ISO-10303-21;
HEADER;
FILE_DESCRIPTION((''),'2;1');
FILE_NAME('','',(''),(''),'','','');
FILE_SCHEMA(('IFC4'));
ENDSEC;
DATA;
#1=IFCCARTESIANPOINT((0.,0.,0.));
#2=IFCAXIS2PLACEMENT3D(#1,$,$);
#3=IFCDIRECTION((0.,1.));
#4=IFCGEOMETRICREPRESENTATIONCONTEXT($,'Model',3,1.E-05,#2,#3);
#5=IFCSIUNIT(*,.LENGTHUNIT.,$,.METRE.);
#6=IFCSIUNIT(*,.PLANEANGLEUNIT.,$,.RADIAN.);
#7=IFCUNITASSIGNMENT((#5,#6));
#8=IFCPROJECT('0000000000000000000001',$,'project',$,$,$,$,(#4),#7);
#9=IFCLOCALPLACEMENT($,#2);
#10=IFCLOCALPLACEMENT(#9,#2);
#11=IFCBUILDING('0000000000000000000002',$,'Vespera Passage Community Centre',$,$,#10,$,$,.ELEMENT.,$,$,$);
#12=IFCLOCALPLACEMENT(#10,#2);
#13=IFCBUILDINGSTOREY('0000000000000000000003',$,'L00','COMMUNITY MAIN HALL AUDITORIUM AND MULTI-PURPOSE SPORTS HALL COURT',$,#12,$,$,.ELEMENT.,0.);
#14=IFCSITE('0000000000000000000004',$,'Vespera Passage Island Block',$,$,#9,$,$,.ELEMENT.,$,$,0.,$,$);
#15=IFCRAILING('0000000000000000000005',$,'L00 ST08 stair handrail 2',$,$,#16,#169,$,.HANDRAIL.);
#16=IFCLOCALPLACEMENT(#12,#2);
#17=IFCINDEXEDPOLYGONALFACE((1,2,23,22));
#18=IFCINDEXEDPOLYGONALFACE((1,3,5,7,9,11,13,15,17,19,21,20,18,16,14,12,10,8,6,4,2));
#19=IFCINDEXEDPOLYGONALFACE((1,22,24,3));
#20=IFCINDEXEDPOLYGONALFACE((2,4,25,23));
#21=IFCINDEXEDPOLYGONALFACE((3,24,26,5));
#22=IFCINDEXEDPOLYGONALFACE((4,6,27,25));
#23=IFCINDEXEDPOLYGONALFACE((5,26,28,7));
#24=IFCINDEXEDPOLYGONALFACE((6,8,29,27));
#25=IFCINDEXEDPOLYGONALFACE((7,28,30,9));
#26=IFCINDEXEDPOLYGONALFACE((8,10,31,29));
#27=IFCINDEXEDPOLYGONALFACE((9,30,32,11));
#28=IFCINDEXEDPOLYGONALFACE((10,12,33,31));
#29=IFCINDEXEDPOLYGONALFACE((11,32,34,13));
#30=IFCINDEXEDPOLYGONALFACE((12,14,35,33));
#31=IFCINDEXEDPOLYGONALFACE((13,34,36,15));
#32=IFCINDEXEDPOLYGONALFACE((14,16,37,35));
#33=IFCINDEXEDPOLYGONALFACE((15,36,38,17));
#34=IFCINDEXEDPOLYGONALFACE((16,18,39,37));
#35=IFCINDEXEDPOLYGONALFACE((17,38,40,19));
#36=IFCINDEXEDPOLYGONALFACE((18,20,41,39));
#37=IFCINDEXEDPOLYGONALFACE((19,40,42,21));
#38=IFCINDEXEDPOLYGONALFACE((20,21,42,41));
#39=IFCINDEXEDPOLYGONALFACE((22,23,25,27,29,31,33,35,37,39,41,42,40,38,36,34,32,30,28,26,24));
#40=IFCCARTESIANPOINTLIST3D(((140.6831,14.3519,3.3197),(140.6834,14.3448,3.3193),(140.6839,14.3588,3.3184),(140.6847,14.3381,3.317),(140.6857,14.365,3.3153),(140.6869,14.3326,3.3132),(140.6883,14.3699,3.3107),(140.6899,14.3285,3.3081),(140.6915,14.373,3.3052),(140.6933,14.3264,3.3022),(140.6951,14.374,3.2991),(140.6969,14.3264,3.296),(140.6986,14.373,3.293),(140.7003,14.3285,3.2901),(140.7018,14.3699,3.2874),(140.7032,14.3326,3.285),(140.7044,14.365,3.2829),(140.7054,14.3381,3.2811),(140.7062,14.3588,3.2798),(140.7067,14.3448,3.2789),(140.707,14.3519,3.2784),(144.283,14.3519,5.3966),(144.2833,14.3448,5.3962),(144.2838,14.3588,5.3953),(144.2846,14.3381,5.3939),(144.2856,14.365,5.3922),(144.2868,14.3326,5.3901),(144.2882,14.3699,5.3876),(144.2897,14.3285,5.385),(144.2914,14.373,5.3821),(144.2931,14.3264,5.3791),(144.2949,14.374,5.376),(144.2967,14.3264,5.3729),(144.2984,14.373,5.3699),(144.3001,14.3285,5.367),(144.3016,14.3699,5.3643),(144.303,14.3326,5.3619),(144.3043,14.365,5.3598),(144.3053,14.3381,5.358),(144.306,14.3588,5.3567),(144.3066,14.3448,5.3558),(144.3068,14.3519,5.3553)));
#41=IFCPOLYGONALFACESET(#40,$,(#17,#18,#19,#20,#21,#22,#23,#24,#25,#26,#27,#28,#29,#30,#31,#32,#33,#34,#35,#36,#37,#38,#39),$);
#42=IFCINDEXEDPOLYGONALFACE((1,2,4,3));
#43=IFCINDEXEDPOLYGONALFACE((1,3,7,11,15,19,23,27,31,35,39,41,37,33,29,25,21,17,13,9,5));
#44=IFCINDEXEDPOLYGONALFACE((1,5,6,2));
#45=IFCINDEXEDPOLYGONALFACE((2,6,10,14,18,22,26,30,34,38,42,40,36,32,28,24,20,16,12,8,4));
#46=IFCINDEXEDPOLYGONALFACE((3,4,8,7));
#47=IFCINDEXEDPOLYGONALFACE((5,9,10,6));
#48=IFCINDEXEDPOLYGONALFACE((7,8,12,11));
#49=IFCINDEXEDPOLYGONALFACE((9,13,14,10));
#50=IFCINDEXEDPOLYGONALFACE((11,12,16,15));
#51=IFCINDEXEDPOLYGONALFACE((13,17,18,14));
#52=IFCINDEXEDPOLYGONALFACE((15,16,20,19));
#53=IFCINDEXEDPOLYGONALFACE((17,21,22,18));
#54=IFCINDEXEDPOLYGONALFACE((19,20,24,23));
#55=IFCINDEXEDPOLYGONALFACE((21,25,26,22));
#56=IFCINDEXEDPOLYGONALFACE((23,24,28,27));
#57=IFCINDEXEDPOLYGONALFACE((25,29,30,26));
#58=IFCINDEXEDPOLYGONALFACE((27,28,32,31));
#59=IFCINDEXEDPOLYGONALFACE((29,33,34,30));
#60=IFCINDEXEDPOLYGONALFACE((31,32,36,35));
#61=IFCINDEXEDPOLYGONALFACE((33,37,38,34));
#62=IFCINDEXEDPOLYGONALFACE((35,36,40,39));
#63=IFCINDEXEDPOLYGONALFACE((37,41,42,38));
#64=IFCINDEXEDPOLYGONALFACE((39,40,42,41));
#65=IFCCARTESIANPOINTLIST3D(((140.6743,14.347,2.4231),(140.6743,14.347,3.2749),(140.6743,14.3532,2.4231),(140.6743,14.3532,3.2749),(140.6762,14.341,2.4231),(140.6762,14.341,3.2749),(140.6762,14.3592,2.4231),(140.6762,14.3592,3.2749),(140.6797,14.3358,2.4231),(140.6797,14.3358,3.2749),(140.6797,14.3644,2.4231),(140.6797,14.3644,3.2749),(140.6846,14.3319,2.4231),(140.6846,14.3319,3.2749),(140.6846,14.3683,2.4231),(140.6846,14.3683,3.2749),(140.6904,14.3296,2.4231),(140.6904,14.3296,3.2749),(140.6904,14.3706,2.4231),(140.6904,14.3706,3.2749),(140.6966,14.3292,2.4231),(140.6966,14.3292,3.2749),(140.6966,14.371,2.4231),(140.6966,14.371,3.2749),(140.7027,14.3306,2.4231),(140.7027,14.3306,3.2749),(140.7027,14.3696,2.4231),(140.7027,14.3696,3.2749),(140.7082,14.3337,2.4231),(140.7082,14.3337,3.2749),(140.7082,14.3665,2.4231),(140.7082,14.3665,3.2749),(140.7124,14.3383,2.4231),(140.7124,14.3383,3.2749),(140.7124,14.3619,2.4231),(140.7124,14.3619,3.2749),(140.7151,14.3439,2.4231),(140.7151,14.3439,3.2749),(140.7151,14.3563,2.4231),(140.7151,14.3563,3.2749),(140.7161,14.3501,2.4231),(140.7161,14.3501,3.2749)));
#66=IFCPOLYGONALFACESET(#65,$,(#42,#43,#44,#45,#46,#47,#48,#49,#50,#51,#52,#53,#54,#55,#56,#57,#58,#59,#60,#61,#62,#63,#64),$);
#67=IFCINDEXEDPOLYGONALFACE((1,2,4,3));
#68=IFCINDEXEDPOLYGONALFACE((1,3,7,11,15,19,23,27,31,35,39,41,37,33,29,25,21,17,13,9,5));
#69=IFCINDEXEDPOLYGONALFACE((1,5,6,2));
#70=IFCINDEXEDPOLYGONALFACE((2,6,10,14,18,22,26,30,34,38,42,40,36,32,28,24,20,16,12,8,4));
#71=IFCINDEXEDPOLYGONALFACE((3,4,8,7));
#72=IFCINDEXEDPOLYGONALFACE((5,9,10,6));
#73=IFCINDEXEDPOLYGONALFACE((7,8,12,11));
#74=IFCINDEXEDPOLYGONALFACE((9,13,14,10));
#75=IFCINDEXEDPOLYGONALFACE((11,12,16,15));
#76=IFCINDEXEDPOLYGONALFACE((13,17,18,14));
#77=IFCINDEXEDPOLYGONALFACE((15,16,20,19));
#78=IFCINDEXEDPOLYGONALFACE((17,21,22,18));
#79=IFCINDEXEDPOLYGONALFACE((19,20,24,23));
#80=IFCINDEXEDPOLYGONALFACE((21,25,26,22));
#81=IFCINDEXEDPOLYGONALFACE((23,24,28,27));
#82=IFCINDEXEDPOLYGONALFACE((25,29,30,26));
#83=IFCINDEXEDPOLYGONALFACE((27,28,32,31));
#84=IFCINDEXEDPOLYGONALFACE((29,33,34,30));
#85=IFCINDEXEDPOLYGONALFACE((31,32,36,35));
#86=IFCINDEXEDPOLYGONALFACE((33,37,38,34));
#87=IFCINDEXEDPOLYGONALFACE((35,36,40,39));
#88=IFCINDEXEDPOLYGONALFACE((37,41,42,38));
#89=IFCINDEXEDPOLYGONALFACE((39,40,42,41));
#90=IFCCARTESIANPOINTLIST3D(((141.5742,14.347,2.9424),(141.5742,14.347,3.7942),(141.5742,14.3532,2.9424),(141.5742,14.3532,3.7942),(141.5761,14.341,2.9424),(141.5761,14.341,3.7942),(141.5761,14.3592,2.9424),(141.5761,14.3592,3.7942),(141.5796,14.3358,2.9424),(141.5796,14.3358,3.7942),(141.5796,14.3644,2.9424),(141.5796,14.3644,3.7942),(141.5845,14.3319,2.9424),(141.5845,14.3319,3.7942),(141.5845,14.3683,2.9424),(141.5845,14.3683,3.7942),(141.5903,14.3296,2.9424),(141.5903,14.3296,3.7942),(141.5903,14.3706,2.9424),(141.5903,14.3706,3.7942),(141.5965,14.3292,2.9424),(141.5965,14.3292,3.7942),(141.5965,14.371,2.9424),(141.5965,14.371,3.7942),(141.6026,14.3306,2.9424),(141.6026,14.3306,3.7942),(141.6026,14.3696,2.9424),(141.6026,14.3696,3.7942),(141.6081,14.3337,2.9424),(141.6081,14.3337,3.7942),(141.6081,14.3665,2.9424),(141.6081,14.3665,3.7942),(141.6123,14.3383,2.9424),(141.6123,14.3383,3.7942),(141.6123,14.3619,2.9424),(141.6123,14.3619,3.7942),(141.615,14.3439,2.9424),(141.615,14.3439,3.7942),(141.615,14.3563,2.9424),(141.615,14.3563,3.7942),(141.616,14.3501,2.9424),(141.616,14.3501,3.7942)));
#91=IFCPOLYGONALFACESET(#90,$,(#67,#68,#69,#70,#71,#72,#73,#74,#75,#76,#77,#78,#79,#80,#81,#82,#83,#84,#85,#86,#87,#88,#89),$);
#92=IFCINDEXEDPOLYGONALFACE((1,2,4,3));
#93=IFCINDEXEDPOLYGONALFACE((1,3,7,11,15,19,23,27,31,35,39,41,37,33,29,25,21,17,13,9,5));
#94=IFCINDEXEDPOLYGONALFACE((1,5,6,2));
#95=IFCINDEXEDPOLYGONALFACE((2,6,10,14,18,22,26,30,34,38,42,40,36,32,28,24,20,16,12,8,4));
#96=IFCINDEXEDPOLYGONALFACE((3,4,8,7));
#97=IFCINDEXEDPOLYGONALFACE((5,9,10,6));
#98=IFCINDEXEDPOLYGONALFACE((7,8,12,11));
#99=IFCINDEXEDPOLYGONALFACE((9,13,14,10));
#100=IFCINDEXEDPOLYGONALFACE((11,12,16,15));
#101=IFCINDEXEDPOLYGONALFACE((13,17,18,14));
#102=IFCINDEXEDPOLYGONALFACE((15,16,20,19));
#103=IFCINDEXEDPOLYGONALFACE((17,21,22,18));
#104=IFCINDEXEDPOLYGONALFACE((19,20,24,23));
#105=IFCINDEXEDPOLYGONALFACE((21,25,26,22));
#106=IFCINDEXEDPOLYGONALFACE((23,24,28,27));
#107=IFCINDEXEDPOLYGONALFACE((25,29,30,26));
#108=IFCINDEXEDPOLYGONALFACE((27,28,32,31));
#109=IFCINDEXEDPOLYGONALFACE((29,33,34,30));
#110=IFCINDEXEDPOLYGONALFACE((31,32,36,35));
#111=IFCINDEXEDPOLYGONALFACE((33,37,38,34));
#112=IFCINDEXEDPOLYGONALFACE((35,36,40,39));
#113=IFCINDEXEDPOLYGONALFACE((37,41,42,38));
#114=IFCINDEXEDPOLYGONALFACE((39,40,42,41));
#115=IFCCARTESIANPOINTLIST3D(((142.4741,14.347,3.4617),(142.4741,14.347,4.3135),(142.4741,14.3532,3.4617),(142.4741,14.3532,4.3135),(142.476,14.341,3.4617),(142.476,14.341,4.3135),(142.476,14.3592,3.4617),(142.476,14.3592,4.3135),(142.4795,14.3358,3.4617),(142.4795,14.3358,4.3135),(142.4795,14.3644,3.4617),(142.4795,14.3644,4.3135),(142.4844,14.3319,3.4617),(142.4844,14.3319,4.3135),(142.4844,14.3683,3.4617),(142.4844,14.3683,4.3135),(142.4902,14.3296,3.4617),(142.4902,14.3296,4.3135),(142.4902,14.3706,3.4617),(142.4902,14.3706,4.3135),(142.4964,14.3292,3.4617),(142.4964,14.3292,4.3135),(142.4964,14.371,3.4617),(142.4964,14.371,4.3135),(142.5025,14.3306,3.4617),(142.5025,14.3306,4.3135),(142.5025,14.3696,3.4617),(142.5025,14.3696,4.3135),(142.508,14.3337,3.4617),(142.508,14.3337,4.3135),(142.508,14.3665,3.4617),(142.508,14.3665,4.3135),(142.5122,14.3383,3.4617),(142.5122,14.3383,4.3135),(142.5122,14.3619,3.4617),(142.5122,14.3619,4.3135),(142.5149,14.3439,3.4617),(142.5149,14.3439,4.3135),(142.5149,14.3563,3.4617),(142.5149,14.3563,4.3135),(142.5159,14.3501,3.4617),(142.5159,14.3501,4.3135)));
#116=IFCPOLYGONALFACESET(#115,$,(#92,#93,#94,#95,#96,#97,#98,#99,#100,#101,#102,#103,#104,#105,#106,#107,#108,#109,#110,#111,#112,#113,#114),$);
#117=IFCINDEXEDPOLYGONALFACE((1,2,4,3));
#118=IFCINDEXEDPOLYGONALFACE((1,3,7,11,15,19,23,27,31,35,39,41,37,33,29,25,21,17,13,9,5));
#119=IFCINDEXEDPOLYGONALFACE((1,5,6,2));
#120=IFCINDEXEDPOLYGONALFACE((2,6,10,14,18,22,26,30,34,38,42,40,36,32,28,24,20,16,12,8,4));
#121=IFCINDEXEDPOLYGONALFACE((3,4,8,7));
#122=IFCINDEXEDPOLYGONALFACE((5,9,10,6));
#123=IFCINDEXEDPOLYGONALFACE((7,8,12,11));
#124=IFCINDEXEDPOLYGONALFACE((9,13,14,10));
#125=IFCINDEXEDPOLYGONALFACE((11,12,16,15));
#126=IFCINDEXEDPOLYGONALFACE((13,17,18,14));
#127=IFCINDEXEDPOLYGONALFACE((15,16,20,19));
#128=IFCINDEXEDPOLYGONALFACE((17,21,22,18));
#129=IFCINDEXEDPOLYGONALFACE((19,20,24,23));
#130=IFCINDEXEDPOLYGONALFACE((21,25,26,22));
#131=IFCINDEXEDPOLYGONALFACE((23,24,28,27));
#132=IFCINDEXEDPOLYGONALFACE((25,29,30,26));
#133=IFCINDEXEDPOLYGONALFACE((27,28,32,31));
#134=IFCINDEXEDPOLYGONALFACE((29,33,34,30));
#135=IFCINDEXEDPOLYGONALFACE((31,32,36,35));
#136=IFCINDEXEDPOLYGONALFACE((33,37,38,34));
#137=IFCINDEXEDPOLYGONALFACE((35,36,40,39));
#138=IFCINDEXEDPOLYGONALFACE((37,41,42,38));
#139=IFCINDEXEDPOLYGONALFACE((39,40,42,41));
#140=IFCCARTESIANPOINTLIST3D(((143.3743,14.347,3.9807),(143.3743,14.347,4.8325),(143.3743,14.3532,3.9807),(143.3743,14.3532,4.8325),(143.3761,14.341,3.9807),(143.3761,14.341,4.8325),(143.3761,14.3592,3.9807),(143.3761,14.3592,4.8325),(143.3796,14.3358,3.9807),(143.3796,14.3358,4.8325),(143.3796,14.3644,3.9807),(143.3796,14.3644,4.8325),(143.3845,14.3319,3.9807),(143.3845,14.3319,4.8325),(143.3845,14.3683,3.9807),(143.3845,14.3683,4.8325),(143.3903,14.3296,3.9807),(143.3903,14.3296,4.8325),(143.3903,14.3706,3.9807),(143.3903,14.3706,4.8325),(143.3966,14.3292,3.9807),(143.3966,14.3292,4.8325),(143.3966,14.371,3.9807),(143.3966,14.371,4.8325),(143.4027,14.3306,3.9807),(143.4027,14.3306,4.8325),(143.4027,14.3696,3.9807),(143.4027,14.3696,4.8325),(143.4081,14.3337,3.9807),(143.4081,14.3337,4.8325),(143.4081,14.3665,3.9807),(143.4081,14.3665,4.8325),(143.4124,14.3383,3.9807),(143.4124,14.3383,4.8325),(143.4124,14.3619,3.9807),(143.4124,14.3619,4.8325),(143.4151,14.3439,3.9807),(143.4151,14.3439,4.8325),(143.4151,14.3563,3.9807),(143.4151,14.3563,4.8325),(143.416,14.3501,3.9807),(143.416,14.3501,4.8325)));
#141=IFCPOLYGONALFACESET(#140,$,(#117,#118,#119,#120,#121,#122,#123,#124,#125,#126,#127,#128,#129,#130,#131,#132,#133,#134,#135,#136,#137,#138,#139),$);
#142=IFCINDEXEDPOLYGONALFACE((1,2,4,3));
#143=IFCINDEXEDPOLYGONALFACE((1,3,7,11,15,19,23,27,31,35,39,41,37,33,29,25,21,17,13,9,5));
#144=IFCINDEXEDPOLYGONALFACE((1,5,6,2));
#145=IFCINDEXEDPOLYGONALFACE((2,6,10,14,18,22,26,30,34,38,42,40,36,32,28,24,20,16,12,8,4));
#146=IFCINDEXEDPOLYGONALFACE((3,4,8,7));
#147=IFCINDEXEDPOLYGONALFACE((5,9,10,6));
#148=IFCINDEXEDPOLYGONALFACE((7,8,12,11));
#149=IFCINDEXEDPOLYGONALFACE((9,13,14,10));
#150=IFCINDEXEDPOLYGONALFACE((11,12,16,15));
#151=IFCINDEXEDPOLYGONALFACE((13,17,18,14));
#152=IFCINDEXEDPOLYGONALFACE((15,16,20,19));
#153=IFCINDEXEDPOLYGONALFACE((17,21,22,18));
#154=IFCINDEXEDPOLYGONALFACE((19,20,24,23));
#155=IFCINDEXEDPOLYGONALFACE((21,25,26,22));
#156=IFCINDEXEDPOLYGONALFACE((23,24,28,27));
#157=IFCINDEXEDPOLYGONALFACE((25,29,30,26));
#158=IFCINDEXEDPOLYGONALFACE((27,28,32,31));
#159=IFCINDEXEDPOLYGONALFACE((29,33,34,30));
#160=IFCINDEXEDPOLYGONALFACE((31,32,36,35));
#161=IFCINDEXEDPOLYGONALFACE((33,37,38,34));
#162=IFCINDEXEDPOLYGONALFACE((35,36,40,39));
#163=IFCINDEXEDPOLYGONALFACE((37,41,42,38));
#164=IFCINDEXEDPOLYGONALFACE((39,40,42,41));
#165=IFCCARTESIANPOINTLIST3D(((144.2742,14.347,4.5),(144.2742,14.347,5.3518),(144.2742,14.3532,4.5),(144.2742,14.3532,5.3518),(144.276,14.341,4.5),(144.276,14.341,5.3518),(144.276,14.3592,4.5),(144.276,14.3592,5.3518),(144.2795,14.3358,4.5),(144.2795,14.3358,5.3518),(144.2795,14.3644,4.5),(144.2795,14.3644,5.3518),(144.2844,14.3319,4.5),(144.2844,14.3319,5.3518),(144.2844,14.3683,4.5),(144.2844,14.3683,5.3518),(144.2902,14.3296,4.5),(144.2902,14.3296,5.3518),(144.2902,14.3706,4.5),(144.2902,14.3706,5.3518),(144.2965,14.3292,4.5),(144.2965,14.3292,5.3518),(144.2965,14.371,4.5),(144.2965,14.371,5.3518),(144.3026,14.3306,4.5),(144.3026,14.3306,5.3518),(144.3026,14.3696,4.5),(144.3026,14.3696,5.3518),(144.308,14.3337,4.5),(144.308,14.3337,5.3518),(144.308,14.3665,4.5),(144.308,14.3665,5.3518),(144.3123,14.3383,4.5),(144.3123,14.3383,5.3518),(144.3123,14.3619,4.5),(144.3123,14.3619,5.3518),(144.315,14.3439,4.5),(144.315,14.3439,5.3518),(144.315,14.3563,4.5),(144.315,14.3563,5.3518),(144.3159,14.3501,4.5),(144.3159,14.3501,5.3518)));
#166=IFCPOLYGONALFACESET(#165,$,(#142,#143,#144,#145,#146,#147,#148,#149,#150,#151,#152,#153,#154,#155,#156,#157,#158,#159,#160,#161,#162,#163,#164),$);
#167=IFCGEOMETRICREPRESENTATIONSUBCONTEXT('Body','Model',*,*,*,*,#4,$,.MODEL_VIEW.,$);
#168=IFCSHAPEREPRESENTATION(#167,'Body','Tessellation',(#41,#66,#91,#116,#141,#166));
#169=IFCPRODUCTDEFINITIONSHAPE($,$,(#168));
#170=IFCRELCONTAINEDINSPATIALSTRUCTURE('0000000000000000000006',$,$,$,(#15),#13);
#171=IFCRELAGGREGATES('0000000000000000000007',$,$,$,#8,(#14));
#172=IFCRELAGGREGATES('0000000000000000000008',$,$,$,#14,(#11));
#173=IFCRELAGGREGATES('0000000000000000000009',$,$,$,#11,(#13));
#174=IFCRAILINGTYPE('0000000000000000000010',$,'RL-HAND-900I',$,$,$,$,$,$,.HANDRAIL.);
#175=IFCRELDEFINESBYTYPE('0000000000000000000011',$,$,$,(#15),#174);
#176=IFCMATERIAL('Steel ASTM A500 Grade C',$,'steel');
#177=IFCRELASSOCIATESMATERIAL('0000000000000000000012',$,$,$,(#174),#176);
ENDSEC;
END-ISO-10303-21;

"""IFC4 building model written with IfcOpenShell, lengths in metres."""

from ifc_helpers import new_model, si_unit, direction, frame, origin, origin_2d, place, context, subcontext, project, spatial, circle, extrude, material, type_object, element, save


model = new_model("IFC4")

# Units and contexts
model_context = context("Model", 3, precision=1e-05, world=origin(), true_north=direction((0.0, 1.0)))
body_context = subcontext(model_context, "Body", "Model", "MODEL_VIEW")
ifc_project = project(units=[si_unit("LENGTHUNIT", "METRE"), si_unit("PLANEANGLEUNIT", "RADIAN")], contexts=[model_context])

# Site, building, storey
site_placement = place(None, origin())
site = spatial("IfcSite", under=ifc_project, at=site_placement, Name="Vespera Passage Island Block", CompositionType="ELEMENT", RefElevation=0.0)
building_placement = place(site_placement, origin())
building = spatial("IfcBuilding", under=site, at=building_placement, Name="Vespera Passage Community Centre", CompositionType="ELEMENT")
storey_placement = place(building_placement, origin())
storey = spatial("IfcBuildingStorey", under=building, at=storey_placement, Name="L00", Description="COMMUNITY MAIN HALL AUDITORIUM AND MULTI-PURPOSE SPORTS HALL COURT", CompositionType="ELEMENT", Elevation=0.0)

# Railing
ifc_material_1 = material(Name="Steel ASTM A500 Grade C", Category="steel")
railing_type_1 = type_object("IfcRailingType", Name="RL-HAND-900I", PredefinedType="HANDRAIL", material=ifc_material_1)
railing_1_placement = place(storey_placement, frame((140.6951, 14.3501, 2.4231)))
element("IfcRailing", 1, at=railing_1_placement, inside=storey, type_object=railing_type_1, Name="L00 ST08 stair handrail 2", PredefinedType="HANDRAIL", context=body_context, shape_type="SweptSolid", body=[
    extrude(circle(Radius=0.0239, at=origin_2d()), frame((0.0, 0.0, 0.876), z_axis=(0.866179, 0.0, 0.499734), x_axis=(0.0, 1.0, 0.0)), (0.0, 0.0, 1.0), 4.156),
    extrude(circle(Radius=0.021, at=origin_2d()), origin(), (0.0, 0.0, 1.0), 0.8518),
    extrude(circle(Radius=0.021, at=origin_2d()), frame((0.8999, 0.0, 0.5193)), (0.0, 0.0, 1.0), 0.8518),
    extrude(circle(Radius=0.021, at=origin_2d()), frame((1.7998, 0.0, 1.0386)), (0.0, 0.0, 1.0), 0.8518),
    extrude(circle(Radius=0.021, at=origin_2d()), frame((2.7, 0.0, 1.5576)), (0.0, 0.0, 1.0), 0.8518),
    extrude(circle(Radius=0.021, at=origin_2d()), frame((3.5999, 0.0, 2.0769)), (0.0, 0.0, 1.0), 0.8518),
])

save(model, "model.ifc")
